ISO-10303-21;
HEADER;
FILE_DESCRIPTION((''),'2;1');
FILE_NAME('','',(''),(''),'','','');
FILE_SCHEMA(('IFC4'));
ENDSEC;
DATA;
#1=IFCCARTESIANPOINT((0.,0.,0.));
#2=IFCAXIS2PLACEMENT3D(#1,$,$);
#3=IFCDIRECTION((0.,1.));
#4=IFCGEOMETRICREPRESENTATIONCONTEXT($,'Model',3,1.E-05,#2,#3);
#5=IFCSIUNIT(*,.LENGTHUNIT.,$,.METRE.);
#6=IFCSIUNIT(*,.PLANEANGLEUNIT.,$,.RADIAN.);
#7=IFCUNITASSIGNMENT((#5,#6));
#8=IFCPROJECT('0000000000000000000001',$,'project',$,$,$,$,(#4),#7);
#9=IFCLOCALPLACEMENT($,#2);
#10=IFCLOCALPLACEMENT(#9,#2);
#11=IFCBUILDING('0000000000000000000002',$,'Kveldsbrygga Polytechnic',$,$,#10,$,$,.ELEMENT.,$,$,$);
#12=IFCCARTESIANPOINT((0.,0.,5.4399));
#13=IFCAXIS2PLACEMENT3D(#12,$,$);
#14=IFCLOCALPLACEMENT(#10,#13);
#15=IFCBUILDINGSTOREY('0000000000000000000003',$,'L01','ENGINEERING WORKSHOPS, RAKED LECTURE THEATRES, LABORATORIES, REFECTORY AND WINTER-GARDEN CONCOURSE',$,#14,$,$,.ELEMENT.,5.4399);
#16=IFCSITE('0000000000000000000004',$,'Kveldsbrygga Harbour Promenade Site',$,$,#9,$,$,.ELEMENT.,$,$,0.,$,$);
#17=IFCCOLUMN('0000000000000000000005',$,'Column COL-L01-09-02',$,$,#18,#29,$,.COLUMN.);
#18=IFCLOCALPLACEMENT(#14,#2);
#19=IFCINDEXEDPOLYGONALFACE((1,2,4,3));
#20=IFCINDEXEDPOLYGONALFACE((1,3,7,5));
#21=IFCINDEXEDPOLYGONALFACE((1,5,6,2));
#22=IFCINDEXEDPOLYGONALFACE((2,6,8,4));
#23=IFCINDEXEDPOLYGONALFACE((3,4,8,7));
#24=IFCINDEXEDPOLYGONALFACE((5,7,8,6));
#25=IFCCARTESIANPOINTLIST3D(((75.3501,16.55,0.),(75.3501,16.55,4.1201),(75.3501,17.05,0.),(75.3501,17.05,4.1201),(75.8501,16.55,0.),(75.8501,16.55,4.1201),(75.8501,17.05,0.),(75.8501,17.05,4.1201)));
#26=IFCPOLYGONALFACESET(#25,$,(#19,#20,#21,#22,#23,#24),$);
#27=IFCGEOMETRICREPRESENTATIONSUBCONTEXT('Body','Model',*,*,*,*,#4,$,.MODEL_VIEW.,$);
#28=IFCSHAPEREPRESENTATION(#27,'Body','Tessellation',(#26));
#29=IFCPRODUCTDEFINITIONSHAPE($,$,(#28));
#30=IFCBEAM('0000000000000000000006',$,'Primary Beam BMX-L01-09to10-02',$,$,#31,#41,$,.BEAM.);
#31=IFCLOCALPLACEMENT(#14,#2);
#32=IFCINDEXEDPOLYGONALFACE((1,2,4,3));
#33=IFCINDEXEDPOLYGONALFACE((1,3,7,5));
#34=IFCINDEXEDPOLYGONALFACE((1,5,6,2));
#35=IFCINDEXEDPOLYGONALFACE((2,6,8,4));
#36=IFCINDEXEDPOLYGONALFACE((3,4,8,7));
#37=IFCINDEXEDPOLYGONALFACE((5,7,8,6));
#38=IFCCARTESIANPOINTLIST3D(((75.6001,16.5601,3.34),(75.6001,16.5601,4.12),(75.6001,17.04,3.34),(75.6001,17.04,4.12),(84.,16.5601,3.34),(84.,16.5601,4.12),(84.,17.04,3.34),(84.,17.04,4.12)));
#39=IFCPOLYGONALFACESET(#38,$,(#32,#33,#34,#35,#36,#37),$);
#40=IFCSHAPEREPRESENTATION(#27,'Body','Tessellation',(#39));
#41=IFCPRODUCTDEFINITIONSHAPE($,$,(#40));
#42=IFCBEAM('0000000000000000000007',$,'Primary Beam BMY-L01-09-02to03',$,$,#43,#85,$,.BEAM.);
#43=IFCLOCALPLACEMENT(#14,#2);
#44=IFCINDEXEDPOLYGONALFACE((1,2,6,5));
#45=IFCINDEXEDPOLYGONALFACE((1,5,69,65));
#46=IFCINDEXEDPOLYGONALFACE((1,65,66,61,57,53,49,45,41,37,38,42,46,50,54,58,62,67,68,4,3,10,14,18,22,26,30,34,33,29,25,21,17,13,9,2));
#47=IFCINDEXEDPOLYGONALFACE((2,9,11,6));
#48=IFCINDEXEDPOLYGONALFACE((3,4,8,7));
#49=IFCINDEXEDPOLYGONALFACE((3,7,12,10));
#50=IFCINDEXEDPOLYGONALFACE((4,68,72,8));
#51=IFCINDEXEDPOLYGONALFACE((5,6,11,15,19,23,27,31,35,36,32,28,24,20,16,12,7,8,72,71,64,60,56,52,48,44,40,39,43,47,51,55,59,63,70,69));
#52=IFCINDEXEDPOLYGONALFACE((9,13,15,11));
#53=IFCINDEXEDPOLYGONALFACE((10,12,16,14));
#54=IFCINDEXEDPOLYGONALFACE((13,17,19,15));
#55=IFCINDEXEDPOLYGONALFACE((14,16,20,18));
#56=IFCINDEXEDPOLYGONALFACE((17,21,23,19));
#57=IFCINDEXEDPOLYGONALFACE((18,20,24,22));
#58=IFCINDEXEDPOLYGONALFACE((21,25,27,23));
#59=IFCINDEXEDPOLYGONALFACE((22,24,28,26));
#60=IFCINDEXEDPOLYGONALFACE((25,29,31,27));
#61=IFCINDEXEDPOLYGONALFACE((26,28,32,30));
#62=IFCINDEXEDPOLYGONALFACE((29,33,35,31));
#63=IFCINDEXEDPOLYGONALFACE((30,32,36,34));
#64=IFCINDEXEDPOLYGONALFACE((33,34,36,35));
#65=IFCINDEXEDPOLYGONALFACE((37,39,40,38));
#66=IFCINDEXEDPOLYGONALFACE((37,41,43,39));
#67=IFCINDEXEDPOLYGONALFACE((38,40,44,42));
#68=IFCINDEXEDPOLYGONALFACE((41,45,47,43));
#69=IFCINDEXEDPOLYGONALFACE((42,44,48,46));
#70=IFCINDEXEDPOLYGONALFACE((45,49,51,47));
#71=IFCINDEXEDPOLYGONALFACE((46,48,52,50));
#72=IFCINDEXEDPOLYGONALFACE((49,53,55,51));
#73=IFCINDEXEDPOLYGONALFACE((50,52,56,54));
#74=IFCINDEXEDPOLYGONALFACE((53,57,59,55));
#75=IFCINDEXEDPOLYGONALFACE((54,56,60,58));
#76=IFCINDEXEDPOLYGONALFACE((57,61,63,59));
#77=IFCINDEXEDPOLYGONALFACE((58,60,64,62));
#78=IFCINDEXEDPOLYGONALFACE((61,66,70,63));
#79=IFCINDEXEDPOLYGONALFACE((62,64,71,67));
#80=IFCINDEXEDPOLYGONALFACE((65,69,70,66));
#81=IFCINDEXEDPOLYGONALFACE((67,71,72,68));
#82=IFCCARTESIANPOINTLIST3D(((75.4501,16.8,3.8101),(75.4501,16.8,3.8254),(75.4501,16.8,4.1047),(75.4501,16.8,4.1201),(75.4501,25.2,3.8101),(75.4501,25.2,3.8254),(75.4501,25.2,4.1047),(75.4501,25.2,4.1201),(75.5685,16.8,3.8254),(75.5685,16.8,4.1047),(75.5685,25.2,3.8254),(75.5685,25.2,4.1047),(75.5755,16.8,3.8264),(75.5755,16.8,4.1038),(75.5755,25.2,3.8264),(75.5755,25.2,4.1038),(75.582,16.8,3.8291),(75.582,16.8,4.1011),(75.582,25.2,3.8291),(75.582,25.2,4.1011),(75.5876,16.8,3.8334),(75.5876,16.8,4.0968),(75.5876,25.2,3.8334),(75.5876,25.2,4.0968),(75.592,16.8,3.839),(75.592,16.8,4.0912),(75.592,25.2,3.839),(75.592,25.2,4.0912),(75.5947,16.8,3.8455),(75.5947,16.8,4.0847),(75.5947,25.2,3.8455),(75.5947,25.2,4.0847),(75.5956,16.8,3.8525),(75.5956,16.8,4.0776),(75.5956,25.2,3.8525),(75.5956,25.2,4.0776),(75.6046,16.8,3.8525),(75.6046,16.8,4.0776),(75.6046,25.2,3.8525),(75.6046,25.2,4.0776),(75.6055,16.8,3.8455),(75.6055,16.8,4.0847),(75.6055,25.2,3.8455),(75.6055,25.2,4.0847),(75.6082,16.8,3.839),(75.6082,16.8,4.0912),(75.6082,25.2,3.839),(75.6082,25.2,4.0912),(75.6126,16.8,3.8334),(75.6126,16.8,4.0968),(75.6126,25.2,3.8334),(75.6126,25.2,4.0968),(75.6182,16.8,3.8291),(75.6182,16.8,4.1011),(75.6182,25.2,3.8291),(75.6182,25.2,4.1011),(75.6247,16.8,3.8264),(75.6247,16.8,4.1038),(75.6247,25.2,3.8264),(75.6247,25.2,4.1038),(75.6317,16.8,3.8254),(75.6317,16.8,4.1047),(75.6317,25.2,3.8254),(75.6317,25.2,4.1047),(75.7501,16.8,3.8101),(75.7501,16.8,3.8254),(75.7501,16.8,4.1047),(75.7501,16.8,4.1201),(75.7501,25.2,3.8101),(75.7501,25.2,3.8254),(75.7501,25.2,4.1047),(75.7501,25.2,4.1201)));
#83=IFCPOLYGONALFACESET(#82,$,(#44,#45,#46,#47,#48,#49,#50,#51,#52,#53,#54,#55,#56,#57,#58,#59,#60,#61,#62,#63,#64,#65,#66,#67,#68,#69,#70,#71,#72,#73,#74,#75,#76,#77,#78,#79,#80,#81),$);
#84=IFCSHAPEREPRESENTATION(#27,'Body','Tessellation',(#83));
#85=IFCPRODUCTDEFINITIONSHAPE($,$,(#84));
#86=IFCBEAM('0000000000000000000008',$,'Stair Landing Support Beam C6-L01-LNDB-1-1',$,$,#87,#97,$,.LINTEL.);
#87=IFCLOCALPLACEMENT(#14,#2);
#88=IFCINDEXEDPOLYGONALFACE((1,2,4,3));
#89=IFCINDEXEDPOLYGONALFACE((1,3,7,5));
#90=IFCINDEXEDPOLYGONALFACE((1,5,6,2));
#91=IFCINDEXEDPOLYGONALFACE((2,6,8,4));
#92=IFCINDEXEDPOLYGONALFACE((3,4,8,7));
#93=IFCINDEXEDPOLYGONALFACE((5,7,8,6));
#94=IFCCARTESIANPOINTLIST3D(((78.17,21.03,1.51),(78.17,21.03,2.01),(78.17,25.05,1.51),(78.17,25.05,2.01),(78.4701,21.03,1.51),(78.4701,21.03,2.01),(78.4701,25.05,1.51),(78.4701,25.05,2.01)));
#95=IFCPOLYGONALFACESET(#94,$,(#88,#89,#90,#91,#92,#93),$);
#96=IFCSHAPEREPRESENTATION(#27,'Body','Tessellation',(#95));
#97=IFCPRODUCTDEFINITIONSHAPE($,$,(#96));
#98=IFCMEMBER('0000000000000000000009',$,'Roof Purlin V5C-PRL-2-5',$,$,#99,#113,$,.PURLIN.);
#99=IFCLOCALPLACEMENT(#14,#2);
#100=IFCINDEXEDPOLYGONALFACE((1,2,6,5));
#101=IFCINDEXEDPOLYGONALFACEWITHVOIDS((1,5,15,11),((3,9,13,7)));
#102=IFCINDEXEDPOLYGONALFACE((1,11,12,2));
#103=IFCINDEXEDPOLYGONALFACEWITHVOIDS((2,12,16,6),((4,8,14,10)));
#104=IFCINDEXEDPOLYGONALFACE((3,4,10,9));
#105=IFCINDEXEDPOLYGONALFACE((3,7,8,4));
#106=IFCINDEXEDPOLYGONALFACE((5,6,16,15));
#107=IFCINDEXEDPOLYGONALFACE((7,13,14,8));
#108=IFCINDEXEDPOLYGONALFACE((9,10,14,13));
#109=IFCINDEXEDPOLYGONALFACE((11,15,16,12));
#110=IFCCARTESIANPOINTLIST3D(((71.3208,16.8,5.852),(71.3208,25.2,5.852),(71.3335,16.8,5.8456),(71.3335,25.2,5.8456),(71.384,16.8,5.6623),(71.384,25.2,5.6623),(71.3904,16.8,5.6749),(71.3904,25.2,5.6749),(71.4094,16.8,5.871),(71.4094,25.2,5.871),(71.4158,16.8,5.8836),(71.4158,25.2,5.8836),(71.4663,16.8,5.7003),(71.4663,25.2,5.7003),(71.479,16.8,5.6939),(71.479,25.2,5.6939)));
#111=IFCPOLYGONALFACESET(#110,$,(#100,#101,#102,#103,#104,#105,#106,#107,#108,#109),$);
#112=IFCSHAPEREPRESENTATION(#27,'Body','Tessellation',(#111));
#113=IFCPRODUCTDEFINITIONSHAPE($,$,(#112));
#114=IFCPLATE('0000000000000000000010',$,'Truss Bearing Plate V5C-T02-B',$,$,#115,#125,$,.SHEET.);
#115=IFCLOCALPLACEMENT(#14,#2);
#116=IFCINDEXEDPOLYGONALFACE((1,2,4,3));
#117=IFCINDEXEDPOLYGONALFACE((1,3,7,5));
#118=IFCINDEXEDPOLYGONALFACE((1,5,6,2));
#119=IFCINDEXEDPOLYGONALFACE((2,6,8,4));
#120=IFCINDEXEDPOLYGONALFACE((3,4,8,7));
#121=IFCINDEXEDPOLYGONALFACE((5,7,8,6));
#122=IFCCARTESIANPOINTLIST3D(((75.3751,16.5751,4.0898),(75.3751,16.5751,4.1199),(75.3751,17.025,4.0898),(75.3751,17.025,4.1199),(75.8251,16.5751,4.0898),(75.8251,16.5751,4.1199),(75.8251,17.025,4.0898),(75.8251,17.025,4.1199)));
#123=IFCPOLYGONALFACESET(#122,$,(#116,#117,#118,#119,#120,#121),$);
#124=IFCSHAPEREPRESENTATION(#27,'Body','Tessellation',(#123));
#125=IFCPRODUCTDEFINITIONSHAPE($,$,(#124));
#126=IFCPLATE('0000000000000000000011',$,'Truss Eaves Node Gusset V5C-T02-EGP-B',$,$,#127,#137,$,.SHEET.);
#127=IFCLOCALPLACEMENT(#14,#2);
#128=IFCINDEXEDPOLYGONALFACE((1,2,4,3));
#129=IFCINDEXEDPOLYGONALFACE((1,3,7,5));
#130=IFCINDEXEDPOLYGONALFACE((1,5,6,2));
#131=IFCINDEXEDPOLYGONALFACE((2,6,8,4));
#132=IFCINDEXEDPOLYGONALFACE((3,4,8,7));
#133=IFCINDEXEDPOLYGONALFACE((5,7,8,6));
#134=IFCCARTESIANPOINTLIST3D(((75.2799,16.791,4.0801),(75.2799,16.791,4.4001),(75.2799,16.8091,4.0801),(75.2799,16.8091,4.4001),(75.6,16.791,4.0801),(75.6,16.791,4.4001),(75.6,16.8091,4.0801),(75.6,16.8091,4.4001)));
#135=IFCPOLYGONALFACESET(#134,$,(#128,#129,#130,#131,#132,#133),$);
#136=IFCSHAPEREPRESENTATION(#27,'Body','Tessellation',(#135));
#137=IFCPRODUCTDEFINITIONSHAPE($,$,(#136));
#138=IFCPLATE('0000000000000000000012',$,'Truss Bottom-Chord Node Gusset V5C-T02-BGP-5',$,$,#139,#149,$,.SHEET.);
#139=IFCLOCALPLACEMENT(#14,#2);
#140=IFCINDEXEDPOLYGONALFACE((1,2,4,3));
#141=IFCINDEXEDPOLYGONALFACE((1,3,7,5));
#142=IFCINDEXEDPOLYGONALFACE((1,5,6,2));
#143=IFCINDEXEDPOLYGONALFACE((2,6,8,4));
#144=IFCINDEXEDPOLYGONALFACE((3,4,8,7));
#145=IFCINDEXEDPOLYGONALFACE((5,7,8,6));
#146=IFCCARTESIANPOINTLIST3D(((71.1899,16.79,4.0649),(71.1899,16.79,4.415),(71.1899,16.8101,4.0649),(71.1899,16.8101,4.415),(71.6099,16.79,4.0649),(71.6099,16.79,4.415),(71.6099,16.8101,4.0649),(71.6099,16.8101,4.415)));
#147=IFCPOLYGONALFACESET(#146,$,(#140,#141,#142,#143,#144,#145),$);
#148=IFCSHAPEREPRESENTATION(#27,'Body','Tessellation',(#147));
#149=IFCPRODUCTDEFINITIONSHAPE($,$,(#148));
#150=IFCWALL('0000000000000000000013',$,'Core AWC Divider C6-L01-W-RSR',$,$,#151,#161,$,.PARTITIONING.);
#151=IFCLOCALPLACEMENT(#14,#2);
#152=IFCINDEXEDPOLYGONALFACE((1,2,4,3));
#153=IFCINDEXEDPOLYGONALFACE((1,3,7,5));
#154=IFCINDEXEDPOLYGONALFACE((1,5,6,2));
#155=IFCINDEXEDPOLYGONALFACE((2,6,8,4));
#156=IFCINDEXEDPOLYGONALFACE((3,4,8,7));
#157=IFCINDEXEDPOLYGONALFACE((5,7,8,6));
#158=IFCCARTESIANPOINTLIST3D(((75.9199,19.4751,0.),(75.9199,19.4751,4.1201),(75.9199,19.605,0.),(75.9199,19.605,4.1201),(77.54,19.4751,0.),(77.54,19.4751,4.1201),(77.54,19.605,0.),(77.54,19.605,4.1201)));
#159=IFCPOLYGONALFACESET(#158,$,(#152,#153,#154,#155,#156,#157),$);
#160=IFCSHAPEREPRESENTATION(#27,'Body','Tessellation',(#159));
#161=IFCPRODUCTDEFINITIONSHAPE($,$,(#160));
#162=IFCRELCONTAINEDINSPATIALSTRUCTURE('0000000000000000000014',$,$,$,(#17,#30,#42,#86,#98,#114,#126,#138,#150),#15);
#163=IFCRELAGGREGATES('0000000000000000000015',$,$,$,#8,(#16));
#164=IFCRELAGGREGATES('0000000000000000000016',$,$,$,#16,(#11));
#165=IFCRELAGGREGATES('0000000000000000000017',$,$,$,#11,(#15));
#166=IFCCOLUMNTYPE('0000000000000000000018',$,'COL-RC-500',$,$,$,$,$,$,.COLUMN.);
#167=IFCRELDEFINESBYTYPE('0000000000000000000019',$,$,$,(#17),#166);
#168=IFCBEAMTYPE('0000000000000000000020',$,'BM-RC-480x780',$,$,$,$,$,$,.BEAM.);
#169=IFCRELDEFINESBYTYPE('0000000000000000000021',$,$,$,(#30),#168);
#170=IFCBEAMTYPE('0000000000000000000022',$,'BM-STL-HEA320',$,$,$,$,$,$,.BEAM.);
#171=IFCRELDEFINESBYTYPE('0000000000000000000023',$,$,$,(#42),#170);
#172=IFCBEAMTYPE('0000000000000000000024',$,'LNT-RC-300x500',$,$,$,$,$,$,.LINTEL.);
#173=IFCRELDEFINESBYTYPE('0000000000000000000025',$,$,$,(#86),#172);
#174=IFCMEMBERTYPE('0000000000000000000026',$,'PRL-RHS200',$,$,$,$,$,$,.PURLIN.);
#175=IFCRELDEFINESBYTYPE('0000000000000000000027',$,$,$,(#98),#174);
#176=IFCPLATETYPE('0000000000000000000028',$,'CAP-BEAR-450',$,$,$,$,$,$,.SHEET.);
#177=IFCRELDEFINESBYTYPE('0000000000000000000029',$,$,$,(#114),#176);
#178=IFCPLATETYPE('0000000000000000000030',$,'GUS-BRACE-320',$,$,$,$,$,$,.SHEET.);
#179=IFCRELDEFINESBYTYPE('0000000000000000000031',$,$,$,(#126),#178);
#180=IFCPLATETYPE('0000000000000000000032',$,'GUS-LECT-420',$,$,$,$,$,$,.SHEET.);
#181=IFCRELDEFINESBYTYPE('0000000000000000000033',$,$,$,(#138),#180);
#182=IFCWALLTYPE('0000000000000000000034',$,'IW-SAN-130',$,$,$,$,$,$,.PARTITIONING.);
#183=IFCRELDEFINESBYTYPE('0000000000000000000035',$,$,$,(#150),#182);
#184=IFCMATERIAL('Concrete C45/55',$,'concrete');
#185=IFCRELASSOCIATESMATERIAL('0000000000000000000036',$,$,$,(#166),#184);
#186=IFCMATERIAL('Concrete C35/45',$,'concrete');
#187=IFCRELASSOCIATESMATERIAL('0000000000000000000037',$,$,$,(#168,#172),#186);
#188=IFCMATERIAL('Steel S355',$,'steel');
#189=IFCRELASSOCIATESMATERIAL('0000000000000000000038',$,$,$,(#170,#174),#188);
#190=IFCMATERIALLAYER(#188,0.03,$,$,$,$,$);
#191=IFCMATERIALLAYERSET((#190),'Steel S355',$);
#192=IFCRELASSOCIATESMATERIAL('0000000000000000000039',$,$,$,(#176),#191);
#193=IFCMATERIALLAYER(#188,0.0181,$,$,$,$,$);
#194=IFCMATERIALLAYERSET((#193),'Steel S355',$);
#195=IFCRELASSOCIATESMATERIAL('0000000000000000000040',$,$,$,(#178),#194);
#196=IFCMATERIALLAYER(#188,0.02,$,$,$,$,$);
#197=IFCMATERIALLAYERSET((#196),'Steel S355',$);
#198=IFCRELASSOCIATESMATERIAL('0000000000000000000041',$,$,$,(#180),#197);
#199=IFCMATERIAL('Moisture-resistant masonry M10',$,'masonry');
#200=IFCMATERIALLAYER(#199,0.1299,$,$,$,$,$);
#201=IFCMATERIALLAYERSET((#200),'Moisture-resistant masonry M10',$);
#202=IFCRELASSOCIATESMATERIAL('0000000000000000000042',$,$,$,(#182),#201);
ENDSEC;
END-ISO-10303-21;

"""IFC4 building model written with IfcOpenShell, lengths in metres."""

from ifc_helpers import new_model, si_unit, direction, frame, frame_2d, origin, origin_2d, place, context, subcontext, project, spatial, rectangle, hollow_rectangle, i_section, extrude, material, layer, layer_set, material_profile, profile_set, type_object, element, save


model = new_model("IFC4")

# Units and contexts
model_context = context("Model", 3, precision=1e-05, world=origin(), true_north=direction((0.0, 1.0)))
body_context = subcontext(model_context, "Body", "Model", "MODEL_VIEW")
ifc_project = project(units=[si_unit("LENGTHUNIT", "METRE"), si_unit("PLANEANGLEUNIT", "RADIAN")], contexts=[model_context])

# Site, building, storey
site_placement = place(None, origin())
site = spatial("IfcSite", under=ifc_project, at=site_placement, Name="Kveldsbrygga Harbour Promenade Site", CompositionType="ELEMENT", RefElevation=0.0)
building_placement = place(site_placement, origin())
building = spatial("IfcBuilding", under=site, at=building_placement, Name="Kveldsbrygga Polytechnic", CompositionType="ELEMENT")
storey_placement = place(building_placement, frame((0.0, 0.0, 5.4399)))
storey = spatial("IfcBuildingStorey", under=building, at=storey_placement, Name="L01", Description="ENGINEERING WORKSHOPS, RAKED LECTURE THEATRES, LABORATORIES, REFECTORY AND WINTER-GARDEN CONCOURSE", CompositionType="ELEMENT", Elevation=5.4399)

# Column
ifc_material_1 = material(Name="Concrete C45/55", Category="concrete")
ifc_material_profile_1 = material_profile(ifc_material_1, rectangle(XDim=0.5, YDim=0.5, at=origin_2d()), Name="RC 500x500")
ifc_profile_set_1 = profile_set([ifc_material_profile_1], Name="Concrete C45/55")
column_type = type_object("IfcColumnType", Name="COL-RC-500", PredefinedType="COLUMN", material=ifc_profile_set_1)
column_placement = place(storey_placement, frame((75.6001, 16.8, 0.0), z_axis=(0.0, 0.0, 1.0), x_axis=(1.0, 0.0, 0.0)))
element("IfcColumn", 1, at=column_placement, inside=storey, type_object=column_type, Name="Column COL-L01-09-02", PredefinedType="COLUMN", context=body_context, shape_type="SweptSolid", body=[
    extrude(rectangle(XDim=0.5, YDim=0.5, at=origin_2d()), origin(), (0.0, 0.0, 1.0), 4.1201),
])

# Beams
ifc_material_2 = material(Name="Concrete C35/45", Category="concrete")
ifc_material_profile_2 = material_profile(ifc_material_2, rectangle(XDim=0.48, YDim=0.78, at=origin_2d()), Name="RC 480x780")
ifc_profile_set_2 = profile_set([ifc_material_profile_2], Name="Concrete C35/45")
beam_type_1 = type_object("IfcBeamType", Name="BM-RC-480x780", PredefinedType="BEAM", material=ifc_profile_set_2)
beam_1_placement = place(storey_placement, frame((75.6001, 16.8, 3.73), z_axis=(1.0, 0.0, 0.0), x_axis=(0.0, 1.0, 0.0)))
element("IfcBeam", 2, at=beam_1_placement, inside=storey, type_object=beam_type_1, Name="Primary Beam BMX-L01-09to10-02", PredefinedType="BEAM", context=body_context, shape_type="SweptSolid", body=[
    extrude(rectangle(XDim=0.48, YDim=0.78, at=origin_2d()), origin(), (0.0, 0.0, 1.0), 8.3999),
])
ifc_material_3 = material(Name="Steel S355", Category="steel")
ifc_material_profile_3 = material_profile(ifc_material_3, i_section(OverallWidth=0.3, OverallDepth=0.3101, WebThickness=0.009, FlangeThickness=0.0154, FilletRadius=0.0271, at=origin_2d()), Name="HEA 320")
ifc_profile_set_3 = profile_set([ifc_material_profile_3], Name="Steel S355")
beam_type_2 = type_object("IfcBeamType", Name="BM-STL-HEA320", PredefinedType="BEAM", material=ifc_profile_set_3)
beam_2_placement = place(storey_placement, frame((75.6001, 16.8, 3.9651), z_axis=(0.0, 1.0, 0.0), x_axis=(-1.0, 0.0, 0.0)))
element("IfcBeam", 3, at=beam_2_placement, inside=storey, type_object=beam_type_2, Name="Primary Beam BMY-L01-09-02to03", PredefinedType="BEAM", context=body_context, shape_type="SweptSolid", body=[
    extrude(i_section(OverallWidth=0.3, OverallDepth=0.3101, WebThickness=0.009, FlangeThickness=0.0154, FilletRadius=0.0271, at=origin_2d()), origin(), (0.0, 0.0, 1.0), 8.3999),
])
ifc_material_profile_4 = material_profile(ifc_material_2, rectangle(XDim=0.3, YDim=0.5, at=origin_2d()), Name="RC 300x500")
ifc_profile_set_4 = profile_set([ifc_material_profile_4], Name="Concrete C35/45")
beam_type_3 = type_object("IfcBeamType", Name="LNT-RC-300x500", PredefinedType="LINTEL", material=ifc_profile_set_4)
beam_3_placement = place(storey_placement, frame((78.3201, 21.03, 1.76), z_axis=(0.0, 1.0, 0.0), x_axis=(-1.0, 0.0, 0.0)))
element("IfcBeam", 4, at=beam_3_placement, inside=storey, type_object=beam_type_3, Name="Stair Landing Support Beam C6-L01-LNDB-1-1", PredefinedType="LINTEL", context=body_context, shape_type="SweptSolid", body=[
    extrude(rectangle(XDim=0.3, YDim=0.5, at=origin_2d()), origin(), (0.0, 0.0, 1.0), 4.02),
])

# Member
ifc_material_profile_5 = material_profile(ifc_material_3, hollow_rectangle(XDim=0.1001, YDim=0.2, WallThickness=0.01, at=origin_2d()), Name="RHS 200x100x10.0")
ifc_profile_set_5 = profile_set([ifc_material_profile_5], Name="Steel S355")
member_type = type_object("IfcMemberType", Name="PRL-RHS200", PredefinedType="PURLIN", material=ifc_profile_set_5)
member_placement = place(storey_placement, frame((71.3999, 16.8, 5.7729), z_axis=(0.0, 1.0, 0.0), x_axis=(-0.948684, 0.0, -0.316227)))
element("IfcMember", 5, at=member_placement, inside=storey, type_object=member_type, Name="Roof Purlin V5C-PRL-2-5", PredefinedType="PURLIN", context=body_context, shape_type="SweptSolid", body=[
    extrude(hollow_rectangle(XDim=0.1001, YDim=0.2, WallThickness=0.01, at=origin_2d()), origin(), (0.0, 0.0, 1.0), 8.3999),
])

# Plates
ifc_layer_1 = layer(ifc_material_3, 0.03)
ifc_layer_set_1 = layer_set([ifc_layer_1], Name="Steel S355")
plate_type_1 = type_object("IfcPlateType", Name="CAP-BEAR-450", PredefinedType="SHEET", material=ifc_layer_set_1)
plate_1_placement = place(storey_placement, frame((75.6001, 16.8, 4.0898), z_axis=(0.0, 0.0, 1.0), x_axis=(1.0, 0.0, 0.0)))
element("IfcPlate", 6, at=plate_1_placement, inside=storey, type_object=plate_type_1, Name="Truss Bearing Plate V5C-T02-B", PredefinedType="SHEET", context=body_context, shape_type="SweptSolid", body=[
    extrude(rectangle(XDim=0.45, YDim=0.45, at=origin_2d()), origin(), (0.0, 0.0, 1.0), 0.03),
])
ifc_layer_2 = layer(ifc_material_3, 0.0181)
ifc_layer_set_2 = layer_set([ifc_layer_2], Name="Steel S355")
plate_type_2 = type_object("IfcPlateType", Name="GUS-BRACE-320", PredefinedType="SHEET", material=ifc_layer_set_2)
plate_2_placement = place(storey_placement, frame((75.4399, 16.8, 4.0801), z_axis=(0.0, 0.0, 1.0), x_axis=(1.0, 0.0, 0.0)))
element("IfcPlate", 7, at=plate_2_placement, inside=storey, type_object=plate_type_2, Name="Truss Eaves Node Gusset V5C-T02-EGP-B", PredefinedType="SHEET", context=body_context, shape_type="SweptSolid", body=[
    extrude(rectangle(XDim=0.3201, YDim=0.0181, at=origin_2d()), origin(), (0.0, 0.0, 1.0), 0.3201),
])
ifc_layer_3 = layer(ifc_material_3, 0.02)
ifc_layer_set_3 = layer_set([ifc_layer_3], Name="Steel S355")
plate_type_3 = type_object("IfcPlateType", Name="GUS-LECT-420", PredefinedType="SHEET", material=ifc_layer_set_3)
plate_3_placement = place(storey_placement, frame((71.3999, 16.8, 4.0649), z_axis=(0.0, 0.0, 1.0), x_axis=(1.0, 0.0, 0.0)))
element("IfcPlate", 8, at=plate_3_placement, inside=storey, type_object=plate_type_3, Name="Truss Bottom-Chord Node Gusset V5C-T02-BGP-5", PredefinedType="SHEET", context=body_context, shape_type="SweptSolid", body=[
    extrude(rectangle(XDim=0.4199, YDim=0.02, at=origin_2d()), origin(), (0.0, 0.0, 1.0), 0.3501),
])

# Wall
ifc_material_4 = material(Name="Moisture-resistant masonry M10", Category="masonry")
ifc_layer_4 = layer(ifc_material_4, 0.1299)
ifc_layer_set_4 = layer_set([ifc_layer_4], Name="Moisture-resistant masonry M10")
wall_type_1 = type_object("IfcWallType", Name="IW-SAN-130", PredefinedType="PARTITIONING", material=ifc_layer_set_4)
wall_1_placement = place(storey_placement, frame((75.9199, 19.54, 0.0), z_axis=(0.0, 0.0, 1.0), x_axis=(1.0, 0.0, 0.0)))
element("IfcWall", 9, at=wall_1_placement, inside=storey, type_object=wall_type_1, Name="Core AWC Divider C6-L01-W-RSR", PredefinedType="PARTITIONING", context=body_context, shape_type="SweptSolid", body=[
    extrude(rectangle(XDim=1.6201, YDim=0.1299, at=frame_2d((0.8101, 0.0))), origin(), (0.0, 0.0, 1.0), 4.1201),
])

save(model, "model.ifc")
